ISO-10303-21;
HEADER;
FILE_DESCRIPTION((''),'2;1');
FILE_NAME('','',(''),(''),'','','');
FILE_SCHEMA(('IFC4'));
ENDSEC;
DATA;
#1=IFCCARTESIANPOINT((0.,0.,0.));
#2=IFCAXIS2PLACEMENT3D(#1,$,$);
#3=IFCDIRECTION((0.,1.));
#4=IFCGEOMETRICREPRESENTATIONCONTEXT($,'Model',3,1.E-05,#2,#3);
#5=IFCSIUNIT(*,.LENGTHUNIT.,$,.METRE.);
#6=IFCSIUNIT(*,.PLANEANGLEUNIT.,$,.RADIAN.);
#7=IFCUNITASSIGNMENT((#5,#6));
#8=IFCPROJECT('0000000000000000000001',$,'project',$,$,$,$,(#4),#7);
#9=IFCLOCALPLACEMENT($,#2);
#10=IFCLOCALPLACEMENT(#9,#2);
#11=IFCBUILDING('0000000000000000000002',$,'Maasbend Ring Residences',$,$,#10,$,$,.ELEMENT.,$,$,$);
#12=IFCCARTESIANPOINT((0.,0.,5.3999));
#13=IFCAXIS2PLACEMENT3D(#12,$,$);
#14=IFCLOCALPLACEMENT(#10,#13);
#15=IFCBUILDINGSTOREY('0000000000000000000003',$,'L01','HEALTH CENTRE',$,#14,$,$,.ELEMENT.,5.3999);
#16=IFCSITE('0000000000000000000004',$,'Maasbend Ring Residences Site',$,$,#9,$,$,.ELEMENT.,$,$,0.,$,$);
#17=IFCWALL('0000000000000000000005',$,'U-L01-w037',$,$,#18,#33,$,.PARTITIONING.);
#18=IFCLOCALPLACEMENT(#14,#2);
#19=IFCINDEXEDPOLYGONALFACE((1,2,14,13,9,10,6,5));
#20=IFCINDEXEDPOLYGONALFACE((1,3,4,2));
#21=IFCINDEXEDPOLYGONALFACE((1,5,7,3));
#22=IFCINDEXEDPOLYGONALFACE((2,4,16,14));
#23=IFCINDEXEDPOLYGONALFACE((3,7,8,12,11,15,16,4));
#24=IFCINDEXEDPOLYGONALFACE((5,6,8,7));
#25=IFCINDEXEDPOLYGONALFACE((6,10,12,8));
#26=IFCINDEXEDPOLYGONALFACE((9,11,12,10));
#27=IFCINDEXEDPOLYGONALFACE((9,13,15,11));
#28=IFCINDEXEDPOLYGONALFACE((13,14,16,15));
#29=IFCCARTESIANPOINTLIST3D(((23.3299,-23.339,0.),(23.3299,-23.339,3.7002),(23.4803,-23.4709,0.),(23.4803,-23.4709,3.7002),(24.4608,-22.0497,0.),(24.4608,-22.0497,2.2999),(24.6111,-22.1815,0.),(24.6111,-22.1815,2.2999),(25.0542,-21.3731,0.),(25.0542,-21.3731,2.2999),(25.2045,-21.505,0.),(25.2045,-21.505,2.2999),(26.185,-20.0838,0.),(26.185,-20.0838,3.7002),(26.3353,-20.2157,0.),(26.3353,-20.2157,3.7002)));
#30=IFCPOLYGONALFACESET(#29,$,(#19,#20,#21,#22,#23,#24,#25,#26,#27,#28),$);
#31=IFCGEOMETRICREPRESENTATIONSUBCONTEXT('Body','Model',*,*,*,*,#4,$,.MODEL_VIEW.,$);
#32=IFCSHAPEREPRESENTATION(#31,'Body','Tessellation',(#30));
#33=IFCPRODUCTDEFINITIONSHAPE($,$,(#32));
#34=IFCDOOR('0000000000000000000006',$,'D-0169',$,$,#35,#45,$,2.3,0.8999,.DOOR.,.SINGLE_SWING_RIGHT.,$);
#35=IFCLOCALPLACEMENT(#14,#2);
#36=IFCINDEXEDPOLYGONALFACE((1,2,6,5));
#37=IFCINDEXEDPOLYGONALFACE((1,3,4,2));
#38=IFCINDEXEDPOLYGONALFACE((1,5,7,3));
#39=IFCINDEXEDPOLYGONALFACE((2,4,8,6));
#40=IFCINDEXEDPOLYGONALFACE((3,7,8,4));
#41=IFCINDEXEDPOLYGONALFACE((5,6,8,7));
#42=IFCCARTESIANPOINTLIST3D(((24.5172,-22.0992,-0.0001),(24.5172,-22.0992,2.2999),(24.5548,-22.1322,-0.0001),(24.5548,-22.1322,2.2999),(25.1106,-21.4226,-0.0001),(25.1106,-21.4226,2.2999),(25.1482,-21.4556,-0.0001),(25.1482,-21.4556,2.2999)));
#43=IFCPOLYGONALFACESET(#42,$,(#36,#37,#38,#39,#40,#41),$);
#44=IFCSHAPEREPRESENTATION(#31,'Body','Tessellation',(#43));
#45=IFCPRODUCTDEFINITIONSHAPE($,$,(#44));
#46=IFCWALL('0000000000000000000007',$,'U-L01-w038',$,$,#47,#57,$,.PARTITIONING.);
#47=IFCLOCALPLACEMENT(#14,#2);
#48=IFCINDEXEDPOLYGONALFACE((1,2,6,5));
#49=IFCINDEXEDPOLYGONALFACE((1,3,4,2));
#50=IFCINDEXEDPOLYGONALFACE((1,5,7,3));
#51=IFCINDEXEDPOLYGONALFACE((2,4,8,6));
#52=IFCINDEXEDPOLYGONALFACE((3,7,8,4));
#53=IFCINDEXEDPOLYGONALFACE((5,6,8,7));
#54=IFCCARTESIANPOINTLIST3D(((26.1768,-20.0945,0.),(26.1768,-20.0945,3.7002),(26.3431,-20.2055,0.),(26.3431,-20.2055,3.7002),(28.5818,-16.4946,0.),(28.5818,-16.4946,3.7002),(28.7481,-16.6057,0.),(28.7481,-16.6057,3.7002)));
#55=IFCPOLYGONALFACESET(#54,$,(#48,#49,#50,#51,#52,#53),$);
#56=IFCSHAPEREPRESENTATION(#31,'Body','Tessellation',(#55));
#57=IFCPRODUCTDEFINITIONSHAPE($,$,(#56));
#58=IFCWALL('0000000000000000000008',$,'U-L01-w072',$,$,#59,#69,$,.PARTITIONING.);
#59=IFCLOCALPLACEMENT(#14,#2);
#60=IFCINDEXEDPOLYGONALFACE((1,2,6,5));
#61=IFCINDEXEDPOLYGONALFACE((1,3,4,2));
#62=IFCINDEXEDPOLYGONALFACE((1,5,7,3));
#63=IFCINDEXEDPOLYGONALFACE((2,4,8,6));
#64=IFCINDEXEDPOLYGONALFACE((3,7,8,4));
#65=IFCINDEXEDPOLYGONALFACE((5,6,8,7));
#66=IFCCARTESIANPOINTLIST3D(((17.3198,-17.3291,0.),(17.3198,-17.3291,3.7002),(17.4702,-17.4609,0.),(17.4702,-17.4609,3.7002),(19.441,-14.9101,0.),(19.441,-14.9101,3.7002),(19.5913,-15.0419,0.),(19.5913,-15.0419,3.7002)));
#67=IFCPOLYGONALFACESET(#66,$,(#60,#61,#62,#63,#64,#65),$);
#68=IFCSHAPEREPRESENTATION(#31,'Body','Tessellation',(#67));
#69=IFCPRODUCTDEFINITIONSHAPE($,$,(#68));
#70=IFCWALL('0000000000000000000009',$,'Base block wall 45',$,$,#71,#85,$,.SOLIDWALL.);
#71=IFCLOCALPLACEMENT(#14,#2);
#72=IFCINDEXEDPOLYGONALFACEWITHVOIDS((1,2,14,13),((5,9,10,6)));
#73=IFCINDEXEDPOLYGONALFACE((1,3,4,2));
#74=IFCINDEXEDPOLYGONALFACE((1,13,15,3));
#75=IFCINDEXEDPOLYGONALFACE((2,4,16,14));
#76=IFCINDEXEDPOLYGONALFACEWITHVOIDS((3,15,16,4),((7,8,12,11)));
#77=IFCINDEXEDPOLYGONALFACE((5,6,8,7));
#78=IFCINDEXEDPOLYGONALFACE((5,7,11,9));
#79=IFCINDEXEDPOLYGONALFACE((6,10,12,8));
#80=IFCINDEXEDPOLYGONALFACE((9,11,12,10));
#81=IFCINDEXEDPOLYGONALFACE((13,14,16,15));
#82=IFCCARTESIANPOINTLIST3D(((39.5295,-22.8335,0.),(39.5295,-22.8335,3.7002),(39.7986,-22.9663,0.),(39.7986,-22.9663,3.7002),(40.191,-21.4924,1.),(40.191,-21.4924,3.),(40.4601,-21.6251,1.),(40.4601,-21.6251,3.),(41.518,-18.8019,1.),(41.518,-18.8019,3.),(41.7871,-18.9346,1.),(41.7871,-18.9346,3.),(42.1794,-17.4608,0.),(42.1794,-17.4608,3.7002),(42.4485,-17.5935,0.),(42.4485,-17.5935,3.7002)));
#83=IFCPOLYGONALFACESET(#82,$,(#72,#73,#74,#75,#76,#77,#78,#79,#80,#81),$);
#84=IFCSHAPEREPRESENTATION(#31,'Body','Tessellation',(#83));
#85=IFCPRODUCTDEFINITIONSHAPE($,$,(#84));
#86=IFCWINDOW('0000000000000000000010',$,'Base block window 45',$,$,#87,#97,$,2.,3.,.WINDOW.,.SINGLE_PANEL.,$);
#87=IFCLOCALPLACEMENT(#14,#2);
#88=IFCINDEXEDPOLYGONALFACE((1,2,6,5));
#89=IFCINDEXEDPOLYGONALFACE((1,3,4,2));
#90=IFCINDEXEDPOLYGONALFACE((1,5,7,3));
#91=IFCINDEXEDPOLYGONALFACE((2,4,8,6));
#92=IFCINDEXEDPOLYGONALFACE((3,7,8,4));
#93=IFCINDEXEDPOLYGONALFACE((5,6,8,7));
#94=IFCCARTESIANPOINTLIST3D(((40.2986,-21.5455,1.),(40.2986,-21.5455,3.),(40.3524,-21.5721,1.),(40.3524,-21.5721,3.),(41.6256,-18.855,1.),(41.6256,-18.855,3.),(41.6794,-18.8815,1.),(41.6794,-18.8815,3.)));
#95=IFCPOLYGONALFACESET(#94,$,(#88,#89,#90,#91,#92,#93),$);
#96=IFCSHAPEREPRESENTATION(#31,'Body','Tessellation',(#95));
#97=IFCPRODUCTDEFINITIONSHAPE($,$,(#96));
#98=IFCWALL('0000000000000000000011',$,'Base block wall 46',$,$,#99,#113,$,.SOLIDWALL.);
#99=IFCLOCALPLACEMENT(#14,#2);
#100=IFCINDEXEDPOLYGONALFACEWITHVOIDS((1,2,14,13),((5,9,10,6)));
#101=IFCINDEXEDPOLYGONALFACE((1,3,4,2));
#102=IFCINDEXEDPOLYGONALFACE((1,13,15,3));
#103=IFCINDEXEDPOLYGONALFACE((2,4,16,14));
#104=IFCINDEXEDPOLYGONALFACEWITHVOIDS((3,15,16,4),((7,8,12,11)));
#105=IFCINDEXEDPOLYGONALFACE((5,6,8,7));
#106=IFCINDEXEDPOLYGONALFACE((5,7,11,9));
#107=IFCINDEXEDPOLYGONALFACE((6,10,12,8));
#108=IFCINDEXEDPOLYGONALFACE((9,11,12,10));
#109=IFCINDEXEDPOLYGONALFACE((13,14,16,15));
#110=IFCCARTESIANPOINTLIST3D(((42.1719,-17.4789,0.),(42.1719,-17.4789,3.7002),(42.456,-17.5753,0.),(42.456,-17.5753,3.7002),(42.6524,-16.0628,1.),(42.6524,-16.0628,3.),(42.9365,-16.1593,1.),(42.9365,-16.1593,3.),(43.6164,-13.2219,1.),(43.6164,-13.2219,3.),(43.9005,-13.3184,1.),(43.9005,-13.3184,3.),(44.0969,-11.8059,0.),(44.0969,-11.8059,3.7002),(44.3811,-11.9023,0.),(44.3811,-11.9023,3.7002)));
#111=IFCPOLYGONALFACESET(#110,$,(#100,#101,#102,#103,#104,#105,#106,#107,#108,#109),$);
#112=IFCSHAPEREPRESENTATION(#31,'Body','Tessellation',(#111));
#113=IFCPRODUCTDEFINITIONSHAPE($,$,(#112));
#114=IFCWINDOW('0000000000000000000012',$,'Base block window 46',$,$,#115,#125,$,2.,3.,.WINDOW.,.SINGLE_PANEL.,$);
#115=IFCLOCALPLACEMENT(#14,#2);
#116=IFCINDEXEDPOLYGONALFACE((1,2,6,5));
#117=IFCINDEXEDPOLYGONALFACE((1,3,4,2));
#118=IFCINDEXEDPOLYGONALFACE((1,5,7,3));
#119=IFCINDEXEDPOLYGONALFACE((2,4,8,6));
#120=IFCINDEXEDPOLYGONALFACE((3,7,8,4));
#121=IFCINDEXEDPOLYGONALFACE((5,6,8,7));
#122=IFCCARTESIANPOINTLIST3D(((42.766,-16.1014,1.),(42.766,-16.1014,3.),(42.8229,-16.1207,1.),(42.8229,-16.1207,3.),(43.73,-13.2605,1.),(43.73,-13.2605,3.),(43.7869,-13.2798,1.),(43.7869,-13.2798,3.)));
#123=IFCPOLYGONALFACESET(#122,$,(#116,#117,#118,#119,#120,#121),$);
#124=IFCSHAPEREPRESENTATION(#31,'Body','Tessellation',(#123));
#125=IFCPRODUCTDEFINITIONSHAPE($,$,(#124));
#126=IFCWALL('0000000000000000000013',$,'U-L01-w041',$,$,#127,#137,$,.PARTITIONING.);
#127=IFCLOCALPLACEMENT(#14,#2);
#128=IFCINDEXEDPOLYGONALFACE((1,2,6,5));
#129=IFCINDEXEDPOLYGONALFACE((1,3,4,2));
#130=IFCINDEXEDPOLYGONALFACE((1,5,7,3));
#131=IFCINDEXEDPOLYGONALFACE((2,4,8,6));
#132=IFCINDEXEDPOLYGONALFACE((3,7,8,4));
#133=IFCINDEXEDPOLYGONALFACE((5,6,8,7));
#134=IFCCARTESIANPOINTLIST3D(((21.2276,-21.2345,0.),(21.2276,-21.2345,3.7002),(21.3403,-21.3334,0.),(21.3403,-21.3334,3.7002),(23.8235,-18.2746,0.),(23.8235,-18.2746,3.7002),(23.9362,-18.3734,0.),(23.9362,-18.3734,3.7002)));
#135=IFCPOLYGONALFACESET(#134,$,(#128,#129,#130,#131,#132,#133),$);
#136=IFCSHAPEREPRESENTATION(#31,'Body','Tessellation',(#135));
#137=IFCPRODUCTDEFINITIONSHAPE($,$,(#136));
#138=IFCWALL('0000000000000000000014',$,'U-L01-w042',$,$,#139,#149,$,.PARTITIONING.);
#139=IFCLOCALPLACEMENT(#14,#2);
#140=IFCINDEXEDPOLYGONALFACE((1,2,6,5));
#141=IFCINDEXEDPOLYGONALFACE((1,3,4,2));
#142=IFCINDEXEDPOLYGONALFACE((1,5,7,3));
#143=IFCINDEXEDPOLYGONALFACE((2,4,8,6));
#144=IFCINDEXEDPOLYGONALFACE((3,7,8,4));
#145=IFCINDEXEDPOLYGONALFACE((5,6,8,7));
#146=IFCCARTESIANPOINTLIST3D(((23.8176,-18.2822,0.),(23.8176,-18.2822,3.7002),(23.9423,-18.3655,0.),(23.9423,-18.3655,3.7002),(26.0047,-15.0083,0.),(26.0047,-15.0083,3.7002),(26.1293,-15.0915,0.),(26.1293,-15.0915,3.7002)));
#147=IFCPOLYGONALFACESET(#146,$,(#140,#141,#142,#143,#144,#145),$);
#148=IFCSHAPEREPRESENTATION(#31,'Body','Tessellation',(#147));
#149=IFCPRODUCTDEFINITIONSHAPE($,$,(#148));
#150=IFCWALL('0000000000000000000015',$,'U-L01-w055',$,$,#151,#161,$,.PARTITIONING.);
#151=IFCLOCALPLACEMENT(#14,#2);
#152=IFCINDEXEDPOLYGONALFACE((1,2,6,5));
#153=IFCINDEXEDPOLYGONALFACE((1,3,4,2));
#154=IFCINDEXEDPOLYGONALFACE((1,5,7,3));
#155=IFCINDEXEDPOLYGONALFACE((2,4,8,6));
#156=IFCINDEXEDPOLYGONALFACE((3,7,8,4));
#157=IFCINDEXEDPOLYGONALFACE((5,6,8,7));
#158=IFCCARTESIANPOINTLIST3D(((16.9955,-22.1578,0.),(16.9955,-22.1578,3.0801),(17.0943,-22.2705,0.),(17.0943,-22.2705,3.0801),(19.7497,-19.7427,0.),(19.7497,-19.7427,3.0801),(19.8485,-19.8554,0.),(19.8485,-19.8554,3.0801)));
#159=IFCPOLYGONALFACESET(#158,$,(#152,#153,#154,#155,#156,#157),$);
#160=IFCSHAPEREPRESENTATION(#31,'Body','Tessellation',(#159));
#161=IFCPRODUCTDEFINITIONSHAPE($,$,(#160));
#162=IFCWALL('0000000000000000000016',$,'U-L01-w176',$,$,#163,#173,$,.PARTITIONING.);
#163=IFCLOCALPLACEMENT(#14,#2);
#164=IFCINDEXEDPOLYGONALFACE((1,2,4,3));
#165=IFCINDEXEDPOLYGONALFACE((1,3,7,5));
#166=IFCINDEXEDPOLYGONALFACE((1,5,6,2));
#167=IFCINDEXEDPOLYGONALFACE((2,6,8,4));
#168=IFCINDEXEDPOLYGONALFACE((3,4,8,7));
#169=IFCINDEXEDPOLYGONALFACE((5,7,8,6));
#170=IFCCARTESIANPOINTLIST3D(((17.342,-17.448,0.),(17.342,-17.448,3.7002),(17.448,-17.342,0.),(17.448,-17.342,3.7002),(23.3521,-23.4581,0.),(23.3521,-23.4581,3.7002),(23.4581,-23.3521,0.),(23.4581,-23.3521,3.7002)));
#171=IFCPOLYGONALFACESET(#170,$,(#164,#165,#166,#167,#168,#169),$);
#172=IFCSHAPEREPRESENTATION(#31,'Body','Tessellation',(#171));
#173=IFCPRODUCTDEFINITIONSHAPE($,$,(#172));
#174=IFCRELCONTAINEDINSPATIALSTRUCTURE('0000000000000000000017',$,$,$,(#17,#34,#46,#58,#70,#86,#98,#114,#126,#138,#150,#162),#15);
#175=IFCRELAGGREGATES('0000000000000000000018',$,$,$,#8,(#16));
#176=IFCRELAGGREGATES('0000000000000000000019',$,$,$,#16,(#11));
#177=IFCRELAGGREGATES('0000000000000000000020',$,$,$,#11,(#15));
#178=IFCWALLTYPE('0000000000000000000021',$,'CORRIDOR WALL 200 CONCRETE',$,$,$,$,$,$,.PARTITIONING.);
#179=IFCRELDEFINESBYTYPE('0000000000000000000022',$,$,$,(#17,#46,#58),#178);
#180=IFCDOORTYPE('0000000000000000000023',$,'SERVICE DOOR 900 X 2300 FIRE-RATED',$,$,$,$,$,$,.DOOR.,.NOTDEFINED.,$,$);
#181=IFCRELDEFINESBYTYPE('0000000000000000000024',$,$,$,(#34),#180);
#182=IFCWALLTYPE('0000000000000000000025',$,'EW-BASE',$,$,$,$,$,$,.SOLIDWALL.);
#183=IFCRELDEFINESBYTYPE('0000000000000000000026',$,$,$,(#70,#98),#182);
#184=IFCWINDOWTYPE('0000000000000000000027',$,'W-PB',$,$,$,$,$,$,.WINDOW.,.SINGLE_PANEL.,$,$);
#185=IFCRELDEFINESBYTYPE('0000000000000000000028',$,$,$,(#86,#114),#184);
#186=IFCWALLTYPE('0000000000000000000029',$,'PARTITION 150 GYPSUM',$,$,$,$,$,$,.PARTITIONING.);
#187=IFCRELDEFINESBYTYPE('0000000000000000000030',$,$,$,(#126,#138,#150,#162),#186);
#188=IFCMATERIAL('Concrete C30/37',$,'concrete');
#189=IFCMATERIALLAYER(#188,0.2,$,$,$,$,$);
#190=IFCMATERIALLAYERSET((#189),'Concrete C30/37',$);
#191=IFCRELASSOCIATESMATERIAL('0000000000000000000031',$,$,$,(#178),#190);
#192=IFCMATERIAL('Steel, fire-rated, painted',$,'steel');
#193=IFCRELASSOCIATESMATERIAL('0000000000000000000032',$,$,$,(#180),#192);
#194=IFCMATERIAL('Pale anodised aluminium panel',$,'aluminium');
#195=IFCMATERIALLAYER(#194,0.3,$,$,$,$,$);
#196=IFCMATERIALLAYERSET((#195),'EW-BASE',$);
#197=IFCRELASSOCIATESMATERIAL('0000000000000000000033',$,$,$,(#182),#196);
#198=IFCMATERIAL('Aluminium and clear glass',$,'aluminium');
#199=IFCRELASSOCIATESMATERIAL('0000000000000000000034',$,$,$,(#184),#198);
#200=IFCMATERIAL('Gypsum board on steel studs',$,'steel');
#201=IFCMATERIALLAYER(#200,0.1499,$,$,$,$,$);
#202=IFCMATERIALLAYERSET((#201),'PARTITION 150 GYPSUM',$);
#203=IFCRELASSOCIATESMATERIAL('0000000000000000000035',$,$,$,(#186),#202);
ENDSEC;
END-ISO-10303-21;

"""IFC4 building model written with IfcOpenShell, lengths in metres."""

from ifc_helpers import new_model, si_unit, direction, frame, frame_2d, origin, place, context, subcontext, project, spatial, rectangle, extrude, material, layer, layer_set, type_object, element, fill, save


model = new_model("IFC4")

# Units and contexts
model_context = context("Model", 3, precision=1e-05, world=origin(), true_north=direction((0.0, 1.0)))
body_context = subcontext(model_context, "Body", "Model", "MODEL_VIEW")
ifc_project = project(units=[si_unit("LENGTHUNIT", "METRE"), si_unit("PLANEANGLEUNIT", "RADIAN")], contexts=[model_context])

# Site, building, storey
site_placement = place(None, origin())
site = spatial("IfcSite", under=ifc_project, at=site_placement, Name="Maasbend Ring Residences Site", CompositionType="ELEMENT", RefElevation=0.0)
building_placement = place(site_placement, origin())
building = spatial("IfcBuilding", under=site, at=building_placement, Name="Maasbend Ring Residences", CompositionType="ELEMENT")
storey_placement = place(building_placement, frame((0.0, 0.0, 5.3999)))
storey = spatial("IfcBuildingStorey", under=building, at=storey_placement, Name="L01", Description="HEALTH CENTRE", CompositionType="ELEMENT", Elevation=5.3999)

# Shared definitions
ifc_material_1 = material(Name="Concrete C30/37", Category="concrete")
ifc_layer_1 = layer(ifc_material_1, 0.2)
ifc_layer_set_1 = layer_set([ifc_layer_1], Name="Concrete C30/37")
wall_type_1 = type_object("IfcWallType", Name="CORRIDOR WALL 200 CONCRETE", PredefinedType="PARTITIONING", material=ifc_layer_set_1)

# Wall, opening, door
wall_1_placement = place(storey_placement, frame((23.405, -23.405, 0.0), z_axis=(0.0, 0.0, 1.0), x_axis=(0.659386, 0.751804, 0.0)))
wall_1 = element("IfcWall", 1, at=wall_1_placement, inside=storey, type_object=wall_type_1, Name="U-L01-w037", PredefinedType="PARTITIONING", context=body_context, shape_type="SweptSolid", body=[
    extrude(rectangle(XDim=4.3298, YDim=0.2, at=frame_2d((2.165, 0.0))), origin(), (0.0, 0.0, 1.0), 3.7002),
])
opening_1_placement = place(wall_1_placement, frame((1.7151, 0.0, 0.0)))
opening_1 = element("IfcOpeningElement", 2, at=opening_1_placement, cuts=wall_1, PredefinedType="OPENING", context=body_context, shape_type="SweptSolid", body=[
    extrude(rectangle(XDim=0.8999, YDim=2.3, at=frame_2d((0.45, 1.1499))), frame((0.0, 0.1099, 0.0), z_axis=(0.0, -1.0, 0.0), x_axis=(1.0, 0.0, 0.0)), (0.0, 0.0, 1.0), 0.22),
])
ifc_material_2 = material(Name="Steel, fire-rated, painted", Category="steel")
door_type_1 = type_object("IfcDoorType", Name="SERVICE DOOR 900 X 2300 FIRE-RATED", OperationType="NOTDEFINED", PredefinedType="DOOR", material=ifc_material_2)
door_1_placement = place(opening_1_placement, origin())
door_1 = element("IfcDoor", 3, at=door_1_placement, inside=storey, type_object=door_type_1, Name="D-0169", OperationType="SINGLE_SWING_RIGHT", OverallHeight=2.3, OverallWidth=0.8999, PredefinedType="DOOR", context=body_context, shape_type="SweptSolid", body=[
    extrude(rectangle(XDim=0.8999, YDim=2.3, at=frame_2d((0.45, 1.1499))), frame((0.0, 0.0249, 0.0), z_axis=(0.0, -1.0, 0.0), x_axis=(1.0, 0.0, 0.0)), (0.0, 0.0, 1.0), 0.05),
])
fill(opening_1, door_1)

# Walls
wall_2_placement = place(storey_placement, frame((26.26, -20.1499, 0.0), z_axis=(0.0, 0.0, 1.0), x_axis=(0.55552, 0.831503, 0.0)))
element("IfcWall", 4, at=wall_2_placement, inside=storey, type_object=wall_type_1, Name="U-L01-w038", PredefinedType="PARTITIONING", context=body_context, shape_type="SweptSolid", body=[
    extrude(rectangle(XDim=4.3293, YDim=0.2, at=frame_2d((2.1646, 0.0))), origin(), (0.0, 0.0, 1.0), 3.7002),
])
wall_3_placement = place(storey_placement, frame((17.395, -17.395, 0.0), z_axis=(0.0, 0.0, 1.0), x_axis=(0.659299, 0.751881, 0.0)))
element("IfcWall", 5, at=wall_3_placement, inside=storey, type_object=wall_type_1, Name="U-L01-w072", PredefinedType="PARTITIONING", context=body_context, shape_type="SweptSolid", body=[
    extrude(rectangle(XDim=3.2173, YDim=0.2, at=frame_2d((1.6086, 0.0))), origin(), (0.0, 0.0, 1.0), 3.7002),
])

# Walls, openings, windows
ifc_material_3 = material(Name="Pale anodised aluminium panel", Category="aluminium")
ifc_layer_2 = layer(ifc_material_3, 0.3)
ifc_layer_set_2 = layer_set([ifc_layer_2], Name="EW-BASE")
wall_type_2 = type_object("IfcWallType", Name="EW-BASE", PredefinedType="SOLIDWALL", material=ifc_layer_set_2)
wall_4_placement = place(storey_placement, frame((39.6641, -22.8999, 0.0), z_axis=(0.0, 0.0, 1.0), x_axis=(0.442333, 0.896851, 0.0)))
wall_4 = element("IfcWall", 6, at=wall_4_placement, inside=storey, type_object=wall_type_2, Name="Base block wall 45", PredefinedType="SOLIDWALL", context=body_context, shape_type="SweptSolid", body=[
    extrude(rectangle(XDim=5.9907, YDim=0.3, at=frame_2d((2.9954, 0.0))), origin(), (0.0, 0.0, 1.0), 3.7002),
])
opening_2_placement = place(wall_4_placement, frame((1.4954, 0.0, 1.0)))
opening_2 = element("IfcOpeningElement", 7, at=opening_2_placement, cuts=wall_4, PredefinedType="OPENING", context=body_context, shape_type="SweptSolid", body=[
    extrude(rectangle(XDim=3.0, YDim=2.0, at=frame_2d((1.5, 1.0))), frame((0.0, 0.1602, 0.0), z_axis=(0.0, -1.0, 0.0), x_axis=(1.0, 0.0, 0.0)), (0.0, 0.0, 1.0), 0.3201),
])
ifc_material_4 = material(Name="Aluminium and clear glass", Category="aluminium")
window_type = type_object("IfcWindowType", Name="W-PB", PartitioningType="SINGLE_PANEL", PredefinedType="WINDOW", material=ifc_material_4)
window_1_placement = place(opening_2_placement, origin())
window_1 = element("IfcWindow", 8, at=window_1_placement, inside=storey, type_object=window_type, Name="Base block window 45", OverallHeight=2.0, OverallWidth=3.0, PartitioningType="SINGLE_PANEL", PredefinedType="WINDOW", context=body_context, shape_type="SweptSolid", body=[
    extrude(rectangle(XDim=3.0, YDim=2.0, at=frame_2d((1.5, 1.0))), frame((0.0, 0.03, 0.0), z_axis=(0.0, -1.0, 0.0), x_axis=(1.0, 0.0, 0.0)), (0.0, 0.0, 1.0), 0.0601),
])
fill(opening_2, window_1)
wall_5_placement = place(storey_placement, frame((42.314, -17.5271, 0.0), z_axis=(0.0, 0.0, 1.0), x_axis=(0.321334, 0.946966, 0.0)))
wall_5 = element("IfcWall", 9, at=wall_5_placement, inside=storey, type_object=wall_type_2, Name="Base block wall 46", PredefinedType="SOLIDWALL", context=body_context, shape_type="SweptSolid", body=[
    extrude(rectangle(XDim=5.9907, YDim=0.3, at=frame_2d((2.9954, 0.0))), origin(), (0.0, 0.0, 1.0), 3.7002),
])
opening_3_placement = place(wall_5_placement, frame((1.4954, 0.0, 1.0)))
opening_3 = element("IfcOpeningElement", 10, at=opening_3_placement, cuts=wall_5, PredefinedType="OPENING", context=body_context, shape_type="SweptSolid", body=[
    extrude(rectangle(XDim=3.0, YDim=2.0, at=frame_2d((1.5, 1.0))), frame((0.0, 0.1602, 0.0), z_axis=(0.0, -1.0, 0.0), x_axis=(1.0, 0.0, 0.0)), (0.0, 0.0, 1.0), 0.3201),
])
window_2_placement = place(opening_3_placement, origin())
window_2 = element("IfcWindow", 11, at=window_2_placement, inside=storey, type_object=window_type, Name="Base block window 46", OverallHeight=2.0, OverallWidth=3.0, PartitioningType="SINGLE_PANEL", PredefinedType="WINDOW", context=body_context, shape_type="SweptSolid", body=[
    extrude(rectangle(XDim=3.0, YDim=2.0, at=frame_2d((1.5, 1.0))), frame((0.0, 0.03, 0.0), z_axis=(0.0, -1.0, 0.0), x_axis=(1.0, 0.0, 0.0)), (0.0, 0.0, 1.0), 0.0601),
])
fill(opening_3, window_2)

# Walls
ifc_material_5 = material(Name="Gypsum board on steel studs", Category="steel")
ifc_layer_3 = layer(ifc_material_5, 0.1499)
ifc_layer_set_3 = layer_set([ifc_layer_3], Name="PARTITION 150 GYPSUM")
wall_type_3 = type_object("IfcWallType", Name="PARTITION 150 GYPSUM", PredefinedType="PARTITIONING", material=ifc_layer_set_3)
wall_6_placement = place(storey_placement, frame((21.2839, -21.2839, 0.0), z_axis=(0.0, 0.0, 1.0), x_axis=(0.659365, 0.751823, 0.0)))
element("IfcWall", 12, at=wall_6_placement, inside=storey, type_object=wall_type_3, Name="U-L01-w041", PredefinedType="PARTITIONING", context=body_context, shape_type="SweptSolid", body=[
    extrude(rectangle(XDim=3.937, YDim=0.1499, at=frame_2d((1.9685, 0.0))), origin(), (0.0, 0.0, 1.0), 3.7002),
])
wall_7_placement = place(storey_placement, frame((23.8799, -18.324, 0.0), z_axis=(0.0, 0.0, 1.0), x_axis=(0.555473, 0.831535, 0.0)))
element("IfcWall", 13, at=wall_7_placement, inside=storey, type_object=wall_type_3, Name="U-L01-w042", PredefinedType="PARTITIONING", context=body_context, shape_type="SweptSolid", body=[
    extrude(rectangle(XDim=3.9373, YDim=0.1499, at=frame_2d((1.9688, 0.0))), origin(), (0.0, 0.0, 1.0), 3.7002),
])
wall_8_placement = place(storey_placement, frame((17.0449, -22.2141, 0.0), z_axis=(0.0, 0.0, 1.0), x_axis=(0.751879, 0.659302, 0.0)))
element("IfcWall", 14, at=wall_8_placement, inside=storey, type_object=wall_type_3, Name="U-L01-w055", PredefinedType="PARTITIONING", context=body_context, shape_type="SweptSolid", body=[
    extrude(rectangle(XDim=3.6631, YDim=0.1499, at=frame_2d((1.8315, 0.0))), origin(), (0.0, 0.0, 1.0), 3.0801),
])
wall_9_placement = place(storey_placement, frame((17.395, -17.395, 0.0), z_axis=(0.0, 0.0, 1.0), x_axis=(0.707107, -0.707107, 0.0)))
element("IfcWall", 15, at=wall_9_placement, inside=storey, type_object=wall_type_3, Name="U-L01-w176", PredefinedType="PARTITIONING", context=body_context, shape_type="SweptSolid", body=[
    extrude(rectangle(XDim=8.4995, YDim=0.1499, at=frame_2d((4.2498, 0.0))), origin(), (0.0, 0.0, 1.0), 3.7002),
])

save(model, "model.ifc")
